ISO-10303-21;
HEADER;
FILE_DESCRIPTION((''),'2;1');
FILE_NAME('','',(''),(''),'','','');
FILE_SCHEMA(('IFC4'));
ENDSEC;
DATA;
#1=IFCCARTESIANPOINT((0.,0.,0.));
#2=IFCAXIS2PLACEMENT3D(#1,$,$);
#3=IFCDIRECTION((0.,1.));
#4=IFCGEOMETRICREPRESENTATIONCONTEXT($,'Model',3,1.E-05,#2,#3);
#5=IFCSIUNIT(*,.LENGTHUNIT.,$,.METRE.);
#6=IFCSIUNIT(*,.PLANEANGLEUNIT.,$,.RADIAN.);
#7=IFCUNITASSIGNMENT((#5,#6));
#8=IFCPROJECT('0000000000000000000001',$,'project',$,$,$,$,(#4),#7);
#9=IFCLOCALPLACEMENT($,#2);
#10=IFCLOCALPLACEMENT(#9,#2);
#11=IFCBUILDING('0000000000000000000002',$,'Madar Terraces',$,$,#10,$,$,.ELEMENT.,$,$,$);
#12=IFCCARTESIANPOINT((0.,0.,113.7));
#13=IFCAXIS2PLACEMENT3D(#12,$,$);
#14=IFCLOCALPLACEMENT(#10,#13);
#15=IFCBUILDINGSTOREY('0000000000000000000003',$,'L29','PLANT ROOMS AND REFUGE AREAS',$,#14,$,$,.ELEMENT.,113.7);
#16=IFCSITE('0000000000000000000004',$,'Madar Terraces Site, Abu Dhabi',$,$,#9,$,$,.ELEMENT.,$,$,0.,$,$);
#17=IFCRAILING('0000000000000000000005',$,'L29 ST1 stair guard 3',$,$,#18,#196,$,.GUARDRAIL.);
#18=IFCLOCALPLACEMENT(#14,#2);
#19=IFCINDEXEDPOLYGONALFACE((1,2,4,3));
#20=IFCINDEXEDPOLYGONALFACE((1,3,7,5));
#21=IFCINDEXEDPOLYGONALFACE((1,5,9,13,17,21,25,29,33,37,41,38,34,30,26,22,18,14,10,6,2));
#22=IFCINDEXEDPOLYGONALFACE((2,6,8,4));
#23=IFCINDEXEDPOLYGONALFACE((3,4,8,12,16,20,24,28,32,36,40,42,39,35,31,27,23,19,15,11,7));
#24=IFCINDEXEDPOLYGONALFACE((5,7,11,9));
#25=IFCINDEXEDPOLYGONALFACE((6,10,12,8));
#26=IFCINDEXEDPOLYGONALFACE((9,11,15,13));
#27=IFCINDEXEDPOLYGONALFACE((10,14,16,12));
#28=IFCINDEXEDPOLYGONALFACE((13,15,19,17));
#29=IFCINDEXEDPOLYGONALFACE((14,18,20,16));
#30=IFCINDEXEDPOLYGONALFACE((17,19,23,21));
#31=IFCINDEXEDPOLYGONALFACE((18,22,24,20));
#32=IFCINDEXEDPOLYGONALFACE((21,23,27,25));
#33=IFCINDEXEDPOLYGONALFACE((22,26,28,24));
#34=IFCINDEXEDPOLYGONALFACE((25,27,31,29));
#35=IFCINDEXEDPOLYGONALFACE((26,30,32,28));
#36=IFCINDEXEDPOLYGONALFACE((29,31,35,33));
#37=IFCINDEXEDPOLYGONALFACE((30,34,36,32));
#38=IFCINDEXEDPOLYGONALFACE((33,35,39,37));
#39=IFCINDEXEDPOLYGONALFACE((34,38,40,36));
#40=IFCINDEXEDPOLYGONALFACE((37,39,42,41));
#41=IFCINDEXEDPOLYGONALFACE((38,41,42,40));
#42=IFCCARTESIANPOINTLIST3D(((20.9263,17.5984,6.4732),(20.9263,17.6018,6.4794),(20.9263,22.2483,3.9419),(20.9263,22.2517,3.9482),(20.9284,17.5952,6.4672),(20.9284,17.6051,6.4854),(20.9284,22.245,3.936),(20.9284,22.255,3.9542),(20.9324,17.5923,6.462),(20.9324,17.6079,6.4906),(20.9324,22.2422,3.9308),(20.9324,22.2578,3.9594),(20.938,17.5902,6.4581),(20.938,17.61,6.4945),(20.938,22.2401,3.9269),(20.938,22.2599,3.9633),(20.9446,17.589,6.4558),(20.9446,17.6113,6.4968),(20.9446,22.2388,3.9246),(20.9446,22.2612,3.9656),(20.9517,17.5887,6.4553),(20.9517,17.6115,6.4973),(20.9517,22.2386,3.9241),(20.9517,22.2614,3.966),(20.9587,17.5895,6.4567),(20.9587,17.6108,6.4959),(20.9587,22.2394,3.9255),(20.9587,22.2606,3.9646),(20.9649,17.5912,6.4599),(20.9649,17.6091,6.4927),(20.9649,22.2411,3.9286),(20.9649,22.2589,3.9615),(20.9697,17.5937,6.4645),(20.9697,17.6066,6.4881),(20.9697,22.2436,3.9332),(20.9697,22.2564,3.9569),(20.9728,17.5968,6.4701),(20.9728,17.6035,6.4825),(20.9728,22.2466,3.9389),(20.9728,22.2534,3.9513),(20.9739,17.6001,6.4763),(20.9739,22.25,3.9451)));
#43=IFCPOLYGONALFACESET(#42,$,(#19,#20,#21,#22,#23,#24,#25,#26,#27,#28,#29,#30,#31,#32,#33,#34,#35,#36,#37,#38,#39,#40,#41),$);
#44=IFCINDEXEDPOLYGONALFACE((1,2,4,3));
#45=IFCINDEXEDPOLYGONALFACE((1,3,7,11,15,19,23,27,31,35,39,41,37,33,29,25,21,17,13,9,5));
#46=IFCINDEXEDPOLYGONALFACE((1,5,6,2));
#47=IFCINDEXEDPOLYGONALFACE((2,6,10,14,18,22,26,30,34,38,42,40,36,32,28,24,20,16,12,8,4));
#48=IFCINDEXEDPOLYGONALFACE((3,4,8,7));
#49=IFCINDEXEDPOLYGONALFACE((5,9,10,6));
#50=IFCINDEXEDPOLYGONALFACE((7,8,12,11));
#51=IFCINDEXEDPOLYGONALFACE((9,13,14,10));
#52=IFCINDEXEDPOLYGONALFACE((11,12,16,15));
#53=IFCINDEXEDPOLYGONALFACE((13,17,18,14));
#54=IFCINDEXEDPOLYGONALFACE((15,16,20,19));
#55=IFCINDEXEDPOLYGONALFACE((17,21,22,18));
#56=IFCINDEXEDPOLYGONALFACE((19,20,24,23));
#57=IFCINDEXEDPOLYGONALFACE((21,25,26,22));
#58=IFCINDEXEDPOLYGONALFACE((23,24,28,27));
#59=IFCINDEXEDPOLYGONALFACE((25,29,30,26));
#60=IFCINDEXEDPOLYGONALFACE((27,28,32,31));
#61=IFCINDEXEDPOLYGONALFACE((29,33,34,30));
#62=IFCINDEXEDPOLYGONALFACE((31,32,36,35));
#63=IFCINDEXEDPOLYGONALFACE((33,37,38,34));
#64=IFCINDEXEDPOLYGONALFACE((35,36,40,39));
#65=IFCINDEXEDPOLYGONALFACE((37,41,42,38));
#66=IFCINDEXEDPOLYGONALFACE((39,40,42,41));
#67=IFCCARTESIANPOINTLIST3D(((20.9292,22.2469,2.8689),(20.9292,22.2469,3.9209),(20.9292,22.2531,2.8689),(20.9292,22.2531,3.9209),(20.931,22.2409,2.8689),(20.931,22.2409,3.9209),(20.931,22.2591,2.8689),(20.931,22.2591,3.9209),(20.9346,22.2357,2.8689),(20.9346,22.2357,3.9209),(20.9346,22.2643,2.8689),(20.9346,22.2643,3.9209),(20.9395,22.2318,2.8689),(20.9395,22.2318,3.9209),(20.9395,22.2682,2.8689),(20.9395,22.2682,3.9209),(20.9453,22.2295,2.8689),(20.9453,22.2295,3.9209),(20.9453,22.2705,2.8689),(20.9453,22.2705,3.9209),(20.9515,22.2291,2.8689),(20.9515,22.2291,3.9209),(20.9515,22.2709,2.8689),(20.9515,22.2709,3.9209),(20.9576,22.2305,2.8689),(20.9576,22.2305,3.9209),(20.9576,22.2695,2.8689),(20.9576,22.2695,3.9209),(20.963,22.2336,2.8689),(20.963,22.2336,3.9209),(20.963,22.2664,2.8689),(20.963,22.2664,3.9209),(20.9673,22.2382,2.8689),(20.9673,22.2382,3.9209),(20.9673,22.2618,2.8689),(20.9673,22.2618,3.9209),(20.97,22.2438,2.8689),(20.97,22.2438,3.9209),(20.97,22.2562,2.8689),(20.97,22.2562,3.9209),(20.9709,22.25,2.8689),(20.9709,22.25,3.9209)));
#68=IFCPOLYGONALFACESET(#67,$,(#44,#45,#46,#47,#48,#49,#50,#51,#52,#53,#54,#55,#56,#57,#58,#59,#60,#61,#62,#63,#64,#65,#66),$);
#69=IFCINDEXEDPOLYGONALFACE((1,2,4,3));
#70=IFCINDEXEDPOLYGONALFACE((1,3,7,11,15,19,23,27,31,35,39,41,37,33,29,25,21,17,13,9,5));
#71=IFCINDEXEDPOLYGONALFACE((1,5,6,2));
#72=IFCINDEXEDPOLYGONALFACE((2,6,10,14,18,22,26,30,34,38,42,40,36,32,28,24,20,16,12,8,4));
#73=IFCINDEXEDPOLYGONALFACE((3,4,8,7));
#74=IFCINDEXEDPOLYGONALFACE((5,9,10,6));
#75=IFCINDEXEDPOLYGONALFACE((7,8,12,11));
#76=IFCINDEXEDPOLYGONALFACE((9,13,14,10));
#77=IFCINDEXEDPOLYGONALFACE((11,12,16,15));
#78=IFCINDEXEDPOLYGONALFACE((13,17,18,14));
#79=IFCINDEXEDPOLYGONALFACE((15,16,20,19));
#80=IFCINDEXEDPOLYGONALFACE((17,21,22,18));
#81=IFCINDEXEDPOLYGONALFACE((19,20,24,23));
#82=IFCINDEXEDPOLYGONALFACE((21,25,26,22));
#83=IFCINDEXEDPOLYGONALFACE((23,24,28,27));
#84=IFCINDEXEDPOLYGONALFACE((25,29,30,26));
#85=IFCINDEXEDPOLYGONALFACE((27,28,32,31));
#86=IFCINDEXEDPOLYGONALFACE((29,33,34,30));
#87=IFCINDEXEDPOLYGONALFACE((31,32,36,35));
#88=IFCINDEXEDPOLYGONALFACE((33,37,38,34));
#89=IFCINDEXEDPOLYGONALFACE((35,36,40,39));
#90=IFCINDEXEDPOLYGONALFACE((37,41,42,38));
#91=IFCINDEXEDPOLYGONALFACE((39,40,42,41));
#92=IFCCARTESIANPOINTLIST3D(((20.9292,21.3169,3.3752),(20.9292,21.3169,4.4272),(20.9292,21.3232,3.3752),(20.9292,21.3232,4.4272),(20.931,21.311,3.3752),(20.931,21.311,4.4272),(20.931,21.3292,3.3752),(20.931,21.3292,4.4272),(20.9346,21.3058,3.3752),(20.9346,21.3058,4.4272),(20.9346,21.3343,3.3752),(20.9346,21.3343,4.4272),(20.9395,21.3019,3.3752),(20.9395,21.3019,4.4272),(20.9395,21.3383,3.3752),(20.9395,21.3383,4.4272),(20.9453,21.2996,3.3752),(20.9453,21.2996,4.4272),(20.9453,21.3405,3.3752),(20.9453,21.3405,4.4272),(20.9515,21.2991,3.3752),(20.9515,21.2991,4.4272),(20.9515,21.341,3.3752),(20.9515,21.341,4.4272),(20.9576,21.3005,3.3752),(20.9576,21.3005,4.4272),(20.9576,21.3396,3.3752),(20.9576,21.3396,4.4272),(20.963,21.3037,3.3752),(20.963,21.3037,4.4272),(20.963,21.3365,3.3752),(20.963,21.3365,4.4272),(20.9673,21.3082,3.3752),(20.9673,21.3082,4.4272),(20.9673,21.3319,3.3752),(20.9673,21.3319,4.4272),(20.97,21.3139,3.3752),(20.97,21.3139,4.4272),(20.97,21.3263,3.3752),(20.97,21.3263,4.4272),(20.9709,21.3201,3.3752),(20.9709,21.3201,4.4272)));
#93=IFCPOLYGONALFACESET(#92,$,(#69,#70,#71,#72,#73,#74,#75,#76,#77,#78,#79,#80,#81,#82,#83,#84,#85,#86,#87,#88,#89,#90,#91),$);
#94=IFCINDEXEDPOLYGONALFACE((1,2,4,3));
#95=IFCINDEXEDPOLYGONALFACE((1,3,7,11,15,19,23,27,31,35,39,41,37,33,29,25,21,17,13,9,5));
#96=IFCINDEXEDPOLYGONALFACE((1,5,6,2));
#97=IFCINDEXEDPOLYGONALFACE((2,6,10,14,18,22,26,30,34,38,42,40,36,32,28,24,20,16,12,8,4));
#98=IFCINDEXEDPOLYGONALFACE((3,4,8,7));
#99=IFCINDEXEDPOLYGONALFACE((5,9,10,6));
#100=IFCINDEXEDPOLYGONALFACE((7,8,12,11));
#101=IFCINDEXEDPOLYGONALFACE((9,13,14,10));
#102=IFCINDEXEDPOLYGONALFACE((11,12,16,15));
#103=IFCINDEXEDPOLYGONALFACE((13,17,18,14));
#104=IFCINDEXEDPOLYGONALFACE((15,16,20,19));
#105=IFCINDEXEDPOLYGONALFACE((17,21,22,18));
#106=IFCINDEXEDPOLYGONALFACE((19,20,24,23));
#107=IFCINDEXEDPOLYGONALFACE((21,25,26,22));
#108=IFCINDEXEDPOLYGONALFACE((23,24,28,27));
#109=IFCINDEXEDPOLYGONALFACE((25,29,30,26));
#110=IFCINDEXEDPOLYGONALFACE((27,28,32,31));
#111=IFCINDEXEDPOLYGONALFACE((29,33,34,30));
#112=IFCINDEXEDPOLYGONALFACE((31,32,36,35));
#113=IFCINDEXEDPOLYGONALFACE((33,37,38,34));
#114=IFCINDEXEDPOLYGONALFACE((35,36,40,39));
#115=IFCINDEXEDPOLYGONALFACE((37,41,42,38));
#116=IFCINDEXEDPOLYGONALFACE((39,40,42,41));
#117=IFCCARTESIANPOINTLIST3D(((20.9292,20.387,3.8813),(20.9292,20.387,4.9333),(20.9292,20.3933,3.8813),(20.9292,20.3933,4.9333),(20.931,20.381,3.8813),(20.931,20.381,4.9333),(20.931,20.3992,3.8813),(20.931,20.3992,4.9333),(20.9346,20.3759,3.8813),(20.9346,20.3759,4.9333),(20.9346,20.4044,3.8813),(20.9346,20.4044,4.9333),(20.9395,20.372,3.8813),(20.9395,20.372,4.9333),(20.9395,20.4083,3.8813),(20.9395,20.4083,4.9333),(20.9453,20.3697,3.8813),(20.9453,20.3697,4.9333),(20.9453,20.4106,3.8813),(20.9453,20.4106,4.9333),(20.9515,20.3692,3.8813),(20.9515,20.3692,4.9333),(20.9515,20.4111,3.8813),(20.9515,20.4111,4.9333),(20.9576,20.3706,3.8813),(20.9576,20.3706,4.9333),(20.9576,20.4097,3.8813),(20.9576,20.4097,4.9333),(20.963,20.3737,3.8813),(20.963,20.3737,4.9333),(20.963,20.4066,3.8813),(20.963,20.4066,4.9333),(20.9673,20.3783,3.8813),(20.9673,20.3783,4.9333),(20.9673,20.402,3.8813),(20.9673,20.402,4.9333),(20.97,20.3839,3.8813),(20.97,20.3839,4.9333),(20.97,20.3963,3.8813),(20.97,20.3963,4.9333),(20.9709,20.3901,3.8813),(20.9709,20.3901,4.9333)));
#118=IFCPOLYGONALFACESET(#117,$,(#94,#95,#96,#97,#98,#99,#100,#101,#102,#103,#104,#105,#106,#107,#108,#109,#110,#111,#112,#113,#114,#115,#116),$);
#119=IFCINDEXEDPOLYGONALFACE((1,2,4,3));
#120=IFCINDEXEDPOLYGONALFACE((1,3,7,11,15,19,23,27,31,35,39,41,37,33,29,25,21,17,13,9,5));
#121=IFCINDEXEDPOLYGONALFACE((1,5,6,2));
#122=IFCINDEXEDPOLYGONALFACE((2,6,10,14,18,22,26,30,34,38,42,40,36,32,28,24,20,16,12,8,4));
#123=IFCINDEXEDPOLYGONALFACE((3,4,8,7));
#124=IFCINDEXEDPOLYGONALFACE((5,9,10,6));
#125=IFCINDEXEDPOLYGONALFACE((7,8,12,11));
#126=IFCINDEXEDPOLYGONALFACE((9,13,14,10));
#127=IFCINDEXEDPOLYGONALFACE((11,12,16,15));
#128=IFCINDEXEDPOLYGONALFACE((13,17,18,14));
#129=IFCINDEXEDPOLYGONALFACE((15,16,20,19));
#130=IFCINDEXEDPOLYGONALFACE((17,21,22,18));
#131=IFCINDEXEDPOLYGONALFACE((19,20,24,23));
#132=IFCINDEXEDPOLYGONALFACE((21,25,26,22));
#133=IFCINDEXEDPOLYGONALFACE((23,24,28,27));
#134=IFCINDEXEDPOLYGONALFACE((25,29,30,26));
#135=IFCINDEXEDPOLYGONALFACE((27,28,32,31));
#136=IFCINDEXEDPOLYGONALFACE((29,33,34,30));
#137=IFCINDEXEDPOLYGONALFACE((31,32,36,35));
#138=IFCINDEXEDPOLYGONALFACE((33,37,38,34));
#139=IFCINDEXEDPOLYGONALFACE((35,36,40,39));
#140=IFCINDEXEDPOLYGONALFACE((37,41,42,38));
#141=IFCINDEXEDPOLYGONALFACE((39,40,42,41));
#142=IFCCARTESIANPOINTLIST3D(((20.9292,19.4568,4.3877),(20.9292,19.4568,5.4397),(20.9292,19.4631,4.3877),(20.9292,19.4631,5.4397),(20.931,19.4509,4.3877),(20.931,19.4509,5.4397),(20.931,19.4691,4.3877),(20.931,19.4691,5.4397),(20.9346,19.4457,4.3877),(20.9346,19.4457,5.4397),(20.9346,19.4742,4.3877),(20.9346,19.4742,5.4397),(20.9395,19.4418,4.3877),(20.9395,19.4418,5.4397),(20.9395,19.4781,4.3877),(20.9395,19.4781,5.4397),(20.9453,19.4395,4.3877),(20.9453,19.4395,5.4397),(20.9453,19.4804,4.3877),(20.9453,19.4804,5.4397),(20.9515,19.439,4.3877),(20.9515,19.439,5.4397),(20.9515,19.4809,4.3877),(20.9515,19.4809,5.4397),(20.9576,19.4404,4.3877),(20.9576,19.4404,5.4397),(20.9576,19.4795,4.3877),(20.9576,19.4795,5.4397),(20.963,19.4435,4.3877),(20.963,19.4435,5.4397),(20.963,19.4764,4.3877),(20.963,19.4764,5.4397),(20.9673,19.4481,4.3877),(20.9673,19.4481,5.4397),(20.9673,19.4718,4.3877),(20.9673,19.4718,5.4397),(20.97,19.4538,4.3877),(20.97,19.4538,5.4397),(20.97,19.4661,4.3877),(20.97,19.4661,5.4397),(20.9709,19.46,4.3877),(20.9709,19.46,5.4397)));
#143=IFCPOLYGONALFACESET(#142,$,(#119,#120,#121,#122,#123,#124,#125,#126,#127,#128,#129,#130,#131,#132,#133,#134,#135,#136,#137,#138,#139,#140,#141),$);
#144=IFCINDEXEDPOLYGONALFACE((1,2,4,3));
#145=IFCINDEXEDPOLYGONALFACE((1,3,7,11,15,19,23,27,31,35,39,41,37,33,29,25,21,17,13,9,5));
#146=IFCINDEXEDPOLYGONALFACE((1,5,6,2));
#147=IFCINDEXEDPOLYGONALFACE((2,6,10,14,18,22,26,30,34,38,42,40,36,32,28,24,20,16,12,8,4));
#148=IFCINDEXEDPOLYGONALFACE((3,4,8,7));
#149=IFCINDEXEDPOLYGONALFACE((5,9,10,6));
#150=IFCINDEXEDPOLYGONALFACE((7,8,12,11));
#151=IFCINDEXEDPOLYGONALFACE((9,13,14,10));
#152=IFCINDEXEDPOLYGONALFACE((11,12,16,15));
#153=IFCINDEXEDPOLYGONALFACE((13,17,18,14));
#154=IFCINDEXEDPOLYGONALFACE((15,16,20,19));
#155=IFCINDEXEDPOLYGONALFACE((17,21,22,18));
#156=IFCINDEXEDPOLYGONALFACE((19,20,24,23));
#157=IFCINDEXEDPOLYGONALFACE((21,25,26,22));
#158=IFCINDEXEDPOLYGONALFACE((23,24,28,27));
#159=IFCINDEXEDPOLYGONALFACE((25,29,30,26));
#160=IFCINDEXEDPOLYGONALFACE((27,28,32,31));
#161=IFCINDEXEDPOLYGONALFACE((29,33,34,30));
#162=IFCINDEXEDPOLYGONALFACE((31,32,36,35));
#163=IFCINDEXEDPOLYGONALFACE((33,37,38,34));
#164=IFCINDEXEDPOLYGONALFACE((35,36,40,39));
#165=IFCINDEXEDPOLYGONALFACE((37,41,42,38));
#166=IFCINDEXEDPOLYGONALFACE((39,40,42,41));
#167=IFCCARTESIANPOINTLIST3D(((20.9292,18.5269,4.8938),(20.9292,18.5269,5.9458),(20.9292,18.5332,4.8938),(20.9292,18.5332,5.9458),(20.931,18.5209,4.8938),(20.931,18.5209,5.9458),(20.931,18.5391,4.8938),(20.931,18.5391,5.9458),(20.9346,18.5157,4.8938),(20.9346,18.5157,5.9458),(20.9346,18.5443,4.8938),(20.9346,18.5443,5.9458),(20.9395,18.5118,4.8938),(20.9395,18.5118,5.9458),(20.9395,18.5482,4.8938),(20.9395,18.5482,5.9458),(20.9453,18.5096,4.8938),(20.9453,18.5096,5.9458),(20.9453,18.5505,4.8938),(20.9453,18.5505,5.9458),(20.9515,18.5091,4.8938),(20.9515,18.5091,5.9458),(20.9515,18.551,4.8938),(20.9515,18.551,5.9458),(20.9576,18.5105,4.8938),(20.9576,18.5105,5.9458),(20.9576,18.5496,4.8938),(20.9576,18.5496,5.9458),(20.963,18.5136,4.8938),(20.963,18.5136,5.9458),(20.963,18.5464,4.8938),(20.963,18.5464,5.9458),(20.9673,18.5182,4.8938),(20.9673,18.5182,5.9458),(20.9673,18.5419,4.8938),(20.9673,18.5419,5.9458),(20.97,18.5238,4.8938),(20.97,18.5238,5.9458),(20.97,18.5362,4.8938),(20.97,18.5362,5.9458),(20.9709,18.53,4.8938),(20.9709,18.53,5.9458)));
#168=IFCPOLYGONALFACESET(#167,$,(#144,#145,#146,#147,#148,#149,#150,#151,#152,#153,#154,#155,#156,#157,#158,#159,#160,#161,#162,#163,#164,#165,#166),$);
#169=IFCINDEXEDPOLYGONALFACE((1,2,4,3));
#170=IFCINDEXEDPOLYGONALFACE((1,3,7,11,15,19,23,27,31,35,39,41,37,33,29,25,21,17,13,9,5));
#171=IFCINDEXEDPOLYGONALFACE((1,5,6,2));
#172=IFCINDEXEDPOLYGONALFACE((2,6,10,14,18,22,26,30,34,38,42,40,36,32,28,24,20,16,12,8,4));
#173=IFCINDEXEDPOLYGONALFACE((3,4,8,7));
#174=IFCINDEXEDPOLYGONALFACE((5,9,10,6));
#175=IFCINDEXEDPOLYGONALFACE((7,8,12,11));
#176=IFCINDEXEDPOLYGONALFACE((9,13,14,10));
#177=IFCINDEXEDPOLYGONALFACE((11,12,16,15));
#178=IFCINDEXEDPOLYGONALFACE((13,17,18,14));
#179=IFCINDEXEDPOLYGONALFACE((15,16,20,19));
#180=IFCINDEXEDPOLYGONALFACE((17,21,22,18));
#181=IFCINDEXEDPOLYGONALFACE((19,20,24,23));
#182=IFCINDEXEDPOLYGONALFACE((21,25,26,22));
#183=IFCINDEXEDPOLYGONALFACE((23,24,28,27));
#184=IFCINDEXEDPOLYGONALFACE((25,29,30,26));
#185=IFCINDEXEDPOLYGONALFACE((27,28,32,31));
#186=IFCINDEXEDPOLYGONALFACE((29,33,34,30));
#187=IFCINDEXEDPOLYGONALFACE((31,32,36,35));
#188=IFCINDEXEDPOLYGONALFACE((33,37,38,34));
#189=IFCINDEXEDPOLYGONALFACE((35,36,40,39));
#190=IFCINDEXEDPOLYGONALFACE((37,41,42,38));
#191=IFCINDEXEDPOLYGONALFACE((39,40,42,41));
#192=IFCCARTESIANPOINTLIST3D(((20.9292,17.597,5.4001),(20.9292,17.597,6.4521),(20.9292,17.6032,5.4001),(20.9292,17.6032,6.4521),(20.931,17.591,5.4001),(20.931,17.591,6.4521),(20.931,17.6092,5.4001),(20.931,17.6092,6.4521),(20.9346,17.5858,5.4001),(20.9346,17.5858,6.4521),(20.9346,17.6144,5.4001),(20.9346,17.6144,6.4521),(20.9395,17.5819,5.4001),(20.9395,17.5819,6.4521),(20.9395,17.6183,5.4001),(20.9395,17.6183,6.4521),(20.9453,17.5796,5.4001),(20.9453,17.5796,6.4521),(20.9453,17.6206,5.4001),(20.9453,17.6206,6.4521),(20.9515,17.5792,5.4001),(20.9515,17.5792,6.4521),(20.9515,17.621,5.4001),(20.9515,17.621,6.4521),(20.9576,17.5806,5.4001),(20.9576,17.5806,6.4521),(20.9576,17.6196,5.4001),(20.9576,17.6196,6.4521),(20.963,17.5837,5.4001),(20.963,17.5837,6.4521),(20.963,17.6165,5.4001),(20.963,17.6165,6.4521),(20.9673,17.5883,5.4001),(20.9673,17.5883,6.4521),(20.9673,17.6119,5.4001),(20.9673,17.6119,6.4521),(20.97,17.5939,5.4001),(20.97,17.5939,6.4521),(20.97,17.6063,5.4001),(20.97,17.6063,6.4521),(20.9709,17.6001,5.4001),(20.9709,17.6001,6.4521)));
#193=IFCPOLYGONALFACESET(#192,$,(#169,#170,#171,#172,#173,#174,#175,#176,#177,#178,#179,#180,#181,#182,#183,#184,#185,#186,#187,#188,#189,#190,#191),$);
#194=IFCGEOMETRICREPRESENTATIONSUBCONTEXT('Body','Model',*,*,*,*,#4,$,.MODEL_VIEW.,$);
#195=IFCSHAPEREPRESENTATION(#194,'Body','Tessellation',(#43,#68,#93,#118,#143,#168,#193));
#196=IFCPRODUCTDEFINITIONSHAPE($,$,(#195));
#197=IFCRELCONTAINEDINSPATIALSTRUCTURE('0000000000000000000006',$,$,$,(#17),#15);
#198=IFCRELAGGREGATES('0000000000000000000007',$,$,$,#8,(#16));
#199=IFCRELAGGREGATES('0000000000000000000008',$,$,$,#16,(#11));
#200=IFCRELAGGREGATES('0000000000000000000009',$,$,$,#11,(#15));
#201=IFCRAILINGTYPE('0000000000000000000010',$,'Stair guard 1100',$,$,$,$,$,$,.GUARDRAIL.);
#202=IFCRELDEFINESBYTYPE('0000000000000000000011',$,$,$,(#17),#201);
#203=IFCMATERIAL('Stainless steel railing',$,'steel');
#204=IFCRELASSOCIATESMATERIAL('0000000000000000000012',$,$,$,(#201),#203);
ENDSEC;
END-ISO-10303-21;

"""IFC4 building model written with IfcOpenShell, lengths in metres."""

from ifc_helpers import new_model, si_unit, direction, frame, origin, origin_2d, place, context, subcontext, project, spatial, circle, extrude, material, type_object, element, save


model = new_model("IFC4")

# Units and contexts
model_context = context("Model", 3, precision=1e-05, world=origin(), true_north=direction((0.0, 1.0)))
body_context = subcontext(model_context, "Body", "Model", "MODEL_VIEW")
ifc_project = project(units=[si_unit("LENGTHUNIT", "METRE"), si_unit("PLANEANGLEUNIT", "RADIAN")], contexts=[model_context])

# Site, building, storey
site_placement = place(None, origin())
site = spatial("IfcSite", under=ifc_project, at=site_placement, Name="Madar Terraces Site, Abu Dhabi", CompositionType="ELEMENT", RefElevation=0.0)
building_placement = place(site_placement, origin())
building = spatial("IfcBuilding", under=site, at=building_placement, Name="Madar Terraces", CompositionType="ELEMENT")
storey_placement = place(building_placement, frame((0.0, 0.0, 113.7)))
storey = spatial("IfcBuildingStorey", under=building, at=storey_placement, Name="L29", Description="PLANT ROOMS AND REFUGE AREAS", CompositionType="ELEMENT", Elevation=113.7)

# Railing
ifc_material_1 = material(Name="Stainless steel railing", Category="steel")
railing_type_1 = type_object("IfcRailingType", Name="Stair guard 1100", PredefinedType="GUARDRAIL", material=ifc_material_1)
railing_1_placement = place(storey_placement, frame((20.95, 22.25, 2.8689)))
element("IfcRailing", 1, at=railing_1_placement, inside=storey, type_object=railing_type_1, Name="L29 ST1 stair guard 3", PredefinedType="GUARDRAIL", context=body_context, shape_type="SweptSolid", body=[
    extrude(circle(Radius=0.0239, at=origin_2d()), frame((0.0, 0.0, 1.0762), z_axis=(0.0, -0.878297, 0.478115), x_axis=(1.0, 0.0, 0.0)), (0.0, 0.0, 1.0), 5.2942),
    extrude(circle(Radius=0.021, at=origin_2d()), origin(), (0.0, 0.0, 1.0), 1.052),
    extrude(circle(Radius=0.021, at=origin_2d()), frame((0.0, -0.9299, 0.5063)), (0.0, 0.0, 1.0), 1.052),
    extrude(circle(Radius=0.021, at=origin_2d()), frame((0.0, -1.8599, 1.0125)), (0.0, 0.0, 1.0), 1.052),
    extrude(circle(Radius=0.021, at=origin_2d()), frame((0.0, -2.79, 1.5188)), (0.0, 0.0, 1.0), 1.052),
    extrude(circle(Radius=0.021, at=origin_2d()), frame((0.0, -3.72, 2.0249)), (0.0, 0.0, 1.0), 1.052),
    extrude(circle(Radius=0.021, at=origin_2d()), frame((0.0, -4.6499, 2.5312)), (0.0, 0.0, 1.0), 1.052),
])

save(model, "model.ifc")
